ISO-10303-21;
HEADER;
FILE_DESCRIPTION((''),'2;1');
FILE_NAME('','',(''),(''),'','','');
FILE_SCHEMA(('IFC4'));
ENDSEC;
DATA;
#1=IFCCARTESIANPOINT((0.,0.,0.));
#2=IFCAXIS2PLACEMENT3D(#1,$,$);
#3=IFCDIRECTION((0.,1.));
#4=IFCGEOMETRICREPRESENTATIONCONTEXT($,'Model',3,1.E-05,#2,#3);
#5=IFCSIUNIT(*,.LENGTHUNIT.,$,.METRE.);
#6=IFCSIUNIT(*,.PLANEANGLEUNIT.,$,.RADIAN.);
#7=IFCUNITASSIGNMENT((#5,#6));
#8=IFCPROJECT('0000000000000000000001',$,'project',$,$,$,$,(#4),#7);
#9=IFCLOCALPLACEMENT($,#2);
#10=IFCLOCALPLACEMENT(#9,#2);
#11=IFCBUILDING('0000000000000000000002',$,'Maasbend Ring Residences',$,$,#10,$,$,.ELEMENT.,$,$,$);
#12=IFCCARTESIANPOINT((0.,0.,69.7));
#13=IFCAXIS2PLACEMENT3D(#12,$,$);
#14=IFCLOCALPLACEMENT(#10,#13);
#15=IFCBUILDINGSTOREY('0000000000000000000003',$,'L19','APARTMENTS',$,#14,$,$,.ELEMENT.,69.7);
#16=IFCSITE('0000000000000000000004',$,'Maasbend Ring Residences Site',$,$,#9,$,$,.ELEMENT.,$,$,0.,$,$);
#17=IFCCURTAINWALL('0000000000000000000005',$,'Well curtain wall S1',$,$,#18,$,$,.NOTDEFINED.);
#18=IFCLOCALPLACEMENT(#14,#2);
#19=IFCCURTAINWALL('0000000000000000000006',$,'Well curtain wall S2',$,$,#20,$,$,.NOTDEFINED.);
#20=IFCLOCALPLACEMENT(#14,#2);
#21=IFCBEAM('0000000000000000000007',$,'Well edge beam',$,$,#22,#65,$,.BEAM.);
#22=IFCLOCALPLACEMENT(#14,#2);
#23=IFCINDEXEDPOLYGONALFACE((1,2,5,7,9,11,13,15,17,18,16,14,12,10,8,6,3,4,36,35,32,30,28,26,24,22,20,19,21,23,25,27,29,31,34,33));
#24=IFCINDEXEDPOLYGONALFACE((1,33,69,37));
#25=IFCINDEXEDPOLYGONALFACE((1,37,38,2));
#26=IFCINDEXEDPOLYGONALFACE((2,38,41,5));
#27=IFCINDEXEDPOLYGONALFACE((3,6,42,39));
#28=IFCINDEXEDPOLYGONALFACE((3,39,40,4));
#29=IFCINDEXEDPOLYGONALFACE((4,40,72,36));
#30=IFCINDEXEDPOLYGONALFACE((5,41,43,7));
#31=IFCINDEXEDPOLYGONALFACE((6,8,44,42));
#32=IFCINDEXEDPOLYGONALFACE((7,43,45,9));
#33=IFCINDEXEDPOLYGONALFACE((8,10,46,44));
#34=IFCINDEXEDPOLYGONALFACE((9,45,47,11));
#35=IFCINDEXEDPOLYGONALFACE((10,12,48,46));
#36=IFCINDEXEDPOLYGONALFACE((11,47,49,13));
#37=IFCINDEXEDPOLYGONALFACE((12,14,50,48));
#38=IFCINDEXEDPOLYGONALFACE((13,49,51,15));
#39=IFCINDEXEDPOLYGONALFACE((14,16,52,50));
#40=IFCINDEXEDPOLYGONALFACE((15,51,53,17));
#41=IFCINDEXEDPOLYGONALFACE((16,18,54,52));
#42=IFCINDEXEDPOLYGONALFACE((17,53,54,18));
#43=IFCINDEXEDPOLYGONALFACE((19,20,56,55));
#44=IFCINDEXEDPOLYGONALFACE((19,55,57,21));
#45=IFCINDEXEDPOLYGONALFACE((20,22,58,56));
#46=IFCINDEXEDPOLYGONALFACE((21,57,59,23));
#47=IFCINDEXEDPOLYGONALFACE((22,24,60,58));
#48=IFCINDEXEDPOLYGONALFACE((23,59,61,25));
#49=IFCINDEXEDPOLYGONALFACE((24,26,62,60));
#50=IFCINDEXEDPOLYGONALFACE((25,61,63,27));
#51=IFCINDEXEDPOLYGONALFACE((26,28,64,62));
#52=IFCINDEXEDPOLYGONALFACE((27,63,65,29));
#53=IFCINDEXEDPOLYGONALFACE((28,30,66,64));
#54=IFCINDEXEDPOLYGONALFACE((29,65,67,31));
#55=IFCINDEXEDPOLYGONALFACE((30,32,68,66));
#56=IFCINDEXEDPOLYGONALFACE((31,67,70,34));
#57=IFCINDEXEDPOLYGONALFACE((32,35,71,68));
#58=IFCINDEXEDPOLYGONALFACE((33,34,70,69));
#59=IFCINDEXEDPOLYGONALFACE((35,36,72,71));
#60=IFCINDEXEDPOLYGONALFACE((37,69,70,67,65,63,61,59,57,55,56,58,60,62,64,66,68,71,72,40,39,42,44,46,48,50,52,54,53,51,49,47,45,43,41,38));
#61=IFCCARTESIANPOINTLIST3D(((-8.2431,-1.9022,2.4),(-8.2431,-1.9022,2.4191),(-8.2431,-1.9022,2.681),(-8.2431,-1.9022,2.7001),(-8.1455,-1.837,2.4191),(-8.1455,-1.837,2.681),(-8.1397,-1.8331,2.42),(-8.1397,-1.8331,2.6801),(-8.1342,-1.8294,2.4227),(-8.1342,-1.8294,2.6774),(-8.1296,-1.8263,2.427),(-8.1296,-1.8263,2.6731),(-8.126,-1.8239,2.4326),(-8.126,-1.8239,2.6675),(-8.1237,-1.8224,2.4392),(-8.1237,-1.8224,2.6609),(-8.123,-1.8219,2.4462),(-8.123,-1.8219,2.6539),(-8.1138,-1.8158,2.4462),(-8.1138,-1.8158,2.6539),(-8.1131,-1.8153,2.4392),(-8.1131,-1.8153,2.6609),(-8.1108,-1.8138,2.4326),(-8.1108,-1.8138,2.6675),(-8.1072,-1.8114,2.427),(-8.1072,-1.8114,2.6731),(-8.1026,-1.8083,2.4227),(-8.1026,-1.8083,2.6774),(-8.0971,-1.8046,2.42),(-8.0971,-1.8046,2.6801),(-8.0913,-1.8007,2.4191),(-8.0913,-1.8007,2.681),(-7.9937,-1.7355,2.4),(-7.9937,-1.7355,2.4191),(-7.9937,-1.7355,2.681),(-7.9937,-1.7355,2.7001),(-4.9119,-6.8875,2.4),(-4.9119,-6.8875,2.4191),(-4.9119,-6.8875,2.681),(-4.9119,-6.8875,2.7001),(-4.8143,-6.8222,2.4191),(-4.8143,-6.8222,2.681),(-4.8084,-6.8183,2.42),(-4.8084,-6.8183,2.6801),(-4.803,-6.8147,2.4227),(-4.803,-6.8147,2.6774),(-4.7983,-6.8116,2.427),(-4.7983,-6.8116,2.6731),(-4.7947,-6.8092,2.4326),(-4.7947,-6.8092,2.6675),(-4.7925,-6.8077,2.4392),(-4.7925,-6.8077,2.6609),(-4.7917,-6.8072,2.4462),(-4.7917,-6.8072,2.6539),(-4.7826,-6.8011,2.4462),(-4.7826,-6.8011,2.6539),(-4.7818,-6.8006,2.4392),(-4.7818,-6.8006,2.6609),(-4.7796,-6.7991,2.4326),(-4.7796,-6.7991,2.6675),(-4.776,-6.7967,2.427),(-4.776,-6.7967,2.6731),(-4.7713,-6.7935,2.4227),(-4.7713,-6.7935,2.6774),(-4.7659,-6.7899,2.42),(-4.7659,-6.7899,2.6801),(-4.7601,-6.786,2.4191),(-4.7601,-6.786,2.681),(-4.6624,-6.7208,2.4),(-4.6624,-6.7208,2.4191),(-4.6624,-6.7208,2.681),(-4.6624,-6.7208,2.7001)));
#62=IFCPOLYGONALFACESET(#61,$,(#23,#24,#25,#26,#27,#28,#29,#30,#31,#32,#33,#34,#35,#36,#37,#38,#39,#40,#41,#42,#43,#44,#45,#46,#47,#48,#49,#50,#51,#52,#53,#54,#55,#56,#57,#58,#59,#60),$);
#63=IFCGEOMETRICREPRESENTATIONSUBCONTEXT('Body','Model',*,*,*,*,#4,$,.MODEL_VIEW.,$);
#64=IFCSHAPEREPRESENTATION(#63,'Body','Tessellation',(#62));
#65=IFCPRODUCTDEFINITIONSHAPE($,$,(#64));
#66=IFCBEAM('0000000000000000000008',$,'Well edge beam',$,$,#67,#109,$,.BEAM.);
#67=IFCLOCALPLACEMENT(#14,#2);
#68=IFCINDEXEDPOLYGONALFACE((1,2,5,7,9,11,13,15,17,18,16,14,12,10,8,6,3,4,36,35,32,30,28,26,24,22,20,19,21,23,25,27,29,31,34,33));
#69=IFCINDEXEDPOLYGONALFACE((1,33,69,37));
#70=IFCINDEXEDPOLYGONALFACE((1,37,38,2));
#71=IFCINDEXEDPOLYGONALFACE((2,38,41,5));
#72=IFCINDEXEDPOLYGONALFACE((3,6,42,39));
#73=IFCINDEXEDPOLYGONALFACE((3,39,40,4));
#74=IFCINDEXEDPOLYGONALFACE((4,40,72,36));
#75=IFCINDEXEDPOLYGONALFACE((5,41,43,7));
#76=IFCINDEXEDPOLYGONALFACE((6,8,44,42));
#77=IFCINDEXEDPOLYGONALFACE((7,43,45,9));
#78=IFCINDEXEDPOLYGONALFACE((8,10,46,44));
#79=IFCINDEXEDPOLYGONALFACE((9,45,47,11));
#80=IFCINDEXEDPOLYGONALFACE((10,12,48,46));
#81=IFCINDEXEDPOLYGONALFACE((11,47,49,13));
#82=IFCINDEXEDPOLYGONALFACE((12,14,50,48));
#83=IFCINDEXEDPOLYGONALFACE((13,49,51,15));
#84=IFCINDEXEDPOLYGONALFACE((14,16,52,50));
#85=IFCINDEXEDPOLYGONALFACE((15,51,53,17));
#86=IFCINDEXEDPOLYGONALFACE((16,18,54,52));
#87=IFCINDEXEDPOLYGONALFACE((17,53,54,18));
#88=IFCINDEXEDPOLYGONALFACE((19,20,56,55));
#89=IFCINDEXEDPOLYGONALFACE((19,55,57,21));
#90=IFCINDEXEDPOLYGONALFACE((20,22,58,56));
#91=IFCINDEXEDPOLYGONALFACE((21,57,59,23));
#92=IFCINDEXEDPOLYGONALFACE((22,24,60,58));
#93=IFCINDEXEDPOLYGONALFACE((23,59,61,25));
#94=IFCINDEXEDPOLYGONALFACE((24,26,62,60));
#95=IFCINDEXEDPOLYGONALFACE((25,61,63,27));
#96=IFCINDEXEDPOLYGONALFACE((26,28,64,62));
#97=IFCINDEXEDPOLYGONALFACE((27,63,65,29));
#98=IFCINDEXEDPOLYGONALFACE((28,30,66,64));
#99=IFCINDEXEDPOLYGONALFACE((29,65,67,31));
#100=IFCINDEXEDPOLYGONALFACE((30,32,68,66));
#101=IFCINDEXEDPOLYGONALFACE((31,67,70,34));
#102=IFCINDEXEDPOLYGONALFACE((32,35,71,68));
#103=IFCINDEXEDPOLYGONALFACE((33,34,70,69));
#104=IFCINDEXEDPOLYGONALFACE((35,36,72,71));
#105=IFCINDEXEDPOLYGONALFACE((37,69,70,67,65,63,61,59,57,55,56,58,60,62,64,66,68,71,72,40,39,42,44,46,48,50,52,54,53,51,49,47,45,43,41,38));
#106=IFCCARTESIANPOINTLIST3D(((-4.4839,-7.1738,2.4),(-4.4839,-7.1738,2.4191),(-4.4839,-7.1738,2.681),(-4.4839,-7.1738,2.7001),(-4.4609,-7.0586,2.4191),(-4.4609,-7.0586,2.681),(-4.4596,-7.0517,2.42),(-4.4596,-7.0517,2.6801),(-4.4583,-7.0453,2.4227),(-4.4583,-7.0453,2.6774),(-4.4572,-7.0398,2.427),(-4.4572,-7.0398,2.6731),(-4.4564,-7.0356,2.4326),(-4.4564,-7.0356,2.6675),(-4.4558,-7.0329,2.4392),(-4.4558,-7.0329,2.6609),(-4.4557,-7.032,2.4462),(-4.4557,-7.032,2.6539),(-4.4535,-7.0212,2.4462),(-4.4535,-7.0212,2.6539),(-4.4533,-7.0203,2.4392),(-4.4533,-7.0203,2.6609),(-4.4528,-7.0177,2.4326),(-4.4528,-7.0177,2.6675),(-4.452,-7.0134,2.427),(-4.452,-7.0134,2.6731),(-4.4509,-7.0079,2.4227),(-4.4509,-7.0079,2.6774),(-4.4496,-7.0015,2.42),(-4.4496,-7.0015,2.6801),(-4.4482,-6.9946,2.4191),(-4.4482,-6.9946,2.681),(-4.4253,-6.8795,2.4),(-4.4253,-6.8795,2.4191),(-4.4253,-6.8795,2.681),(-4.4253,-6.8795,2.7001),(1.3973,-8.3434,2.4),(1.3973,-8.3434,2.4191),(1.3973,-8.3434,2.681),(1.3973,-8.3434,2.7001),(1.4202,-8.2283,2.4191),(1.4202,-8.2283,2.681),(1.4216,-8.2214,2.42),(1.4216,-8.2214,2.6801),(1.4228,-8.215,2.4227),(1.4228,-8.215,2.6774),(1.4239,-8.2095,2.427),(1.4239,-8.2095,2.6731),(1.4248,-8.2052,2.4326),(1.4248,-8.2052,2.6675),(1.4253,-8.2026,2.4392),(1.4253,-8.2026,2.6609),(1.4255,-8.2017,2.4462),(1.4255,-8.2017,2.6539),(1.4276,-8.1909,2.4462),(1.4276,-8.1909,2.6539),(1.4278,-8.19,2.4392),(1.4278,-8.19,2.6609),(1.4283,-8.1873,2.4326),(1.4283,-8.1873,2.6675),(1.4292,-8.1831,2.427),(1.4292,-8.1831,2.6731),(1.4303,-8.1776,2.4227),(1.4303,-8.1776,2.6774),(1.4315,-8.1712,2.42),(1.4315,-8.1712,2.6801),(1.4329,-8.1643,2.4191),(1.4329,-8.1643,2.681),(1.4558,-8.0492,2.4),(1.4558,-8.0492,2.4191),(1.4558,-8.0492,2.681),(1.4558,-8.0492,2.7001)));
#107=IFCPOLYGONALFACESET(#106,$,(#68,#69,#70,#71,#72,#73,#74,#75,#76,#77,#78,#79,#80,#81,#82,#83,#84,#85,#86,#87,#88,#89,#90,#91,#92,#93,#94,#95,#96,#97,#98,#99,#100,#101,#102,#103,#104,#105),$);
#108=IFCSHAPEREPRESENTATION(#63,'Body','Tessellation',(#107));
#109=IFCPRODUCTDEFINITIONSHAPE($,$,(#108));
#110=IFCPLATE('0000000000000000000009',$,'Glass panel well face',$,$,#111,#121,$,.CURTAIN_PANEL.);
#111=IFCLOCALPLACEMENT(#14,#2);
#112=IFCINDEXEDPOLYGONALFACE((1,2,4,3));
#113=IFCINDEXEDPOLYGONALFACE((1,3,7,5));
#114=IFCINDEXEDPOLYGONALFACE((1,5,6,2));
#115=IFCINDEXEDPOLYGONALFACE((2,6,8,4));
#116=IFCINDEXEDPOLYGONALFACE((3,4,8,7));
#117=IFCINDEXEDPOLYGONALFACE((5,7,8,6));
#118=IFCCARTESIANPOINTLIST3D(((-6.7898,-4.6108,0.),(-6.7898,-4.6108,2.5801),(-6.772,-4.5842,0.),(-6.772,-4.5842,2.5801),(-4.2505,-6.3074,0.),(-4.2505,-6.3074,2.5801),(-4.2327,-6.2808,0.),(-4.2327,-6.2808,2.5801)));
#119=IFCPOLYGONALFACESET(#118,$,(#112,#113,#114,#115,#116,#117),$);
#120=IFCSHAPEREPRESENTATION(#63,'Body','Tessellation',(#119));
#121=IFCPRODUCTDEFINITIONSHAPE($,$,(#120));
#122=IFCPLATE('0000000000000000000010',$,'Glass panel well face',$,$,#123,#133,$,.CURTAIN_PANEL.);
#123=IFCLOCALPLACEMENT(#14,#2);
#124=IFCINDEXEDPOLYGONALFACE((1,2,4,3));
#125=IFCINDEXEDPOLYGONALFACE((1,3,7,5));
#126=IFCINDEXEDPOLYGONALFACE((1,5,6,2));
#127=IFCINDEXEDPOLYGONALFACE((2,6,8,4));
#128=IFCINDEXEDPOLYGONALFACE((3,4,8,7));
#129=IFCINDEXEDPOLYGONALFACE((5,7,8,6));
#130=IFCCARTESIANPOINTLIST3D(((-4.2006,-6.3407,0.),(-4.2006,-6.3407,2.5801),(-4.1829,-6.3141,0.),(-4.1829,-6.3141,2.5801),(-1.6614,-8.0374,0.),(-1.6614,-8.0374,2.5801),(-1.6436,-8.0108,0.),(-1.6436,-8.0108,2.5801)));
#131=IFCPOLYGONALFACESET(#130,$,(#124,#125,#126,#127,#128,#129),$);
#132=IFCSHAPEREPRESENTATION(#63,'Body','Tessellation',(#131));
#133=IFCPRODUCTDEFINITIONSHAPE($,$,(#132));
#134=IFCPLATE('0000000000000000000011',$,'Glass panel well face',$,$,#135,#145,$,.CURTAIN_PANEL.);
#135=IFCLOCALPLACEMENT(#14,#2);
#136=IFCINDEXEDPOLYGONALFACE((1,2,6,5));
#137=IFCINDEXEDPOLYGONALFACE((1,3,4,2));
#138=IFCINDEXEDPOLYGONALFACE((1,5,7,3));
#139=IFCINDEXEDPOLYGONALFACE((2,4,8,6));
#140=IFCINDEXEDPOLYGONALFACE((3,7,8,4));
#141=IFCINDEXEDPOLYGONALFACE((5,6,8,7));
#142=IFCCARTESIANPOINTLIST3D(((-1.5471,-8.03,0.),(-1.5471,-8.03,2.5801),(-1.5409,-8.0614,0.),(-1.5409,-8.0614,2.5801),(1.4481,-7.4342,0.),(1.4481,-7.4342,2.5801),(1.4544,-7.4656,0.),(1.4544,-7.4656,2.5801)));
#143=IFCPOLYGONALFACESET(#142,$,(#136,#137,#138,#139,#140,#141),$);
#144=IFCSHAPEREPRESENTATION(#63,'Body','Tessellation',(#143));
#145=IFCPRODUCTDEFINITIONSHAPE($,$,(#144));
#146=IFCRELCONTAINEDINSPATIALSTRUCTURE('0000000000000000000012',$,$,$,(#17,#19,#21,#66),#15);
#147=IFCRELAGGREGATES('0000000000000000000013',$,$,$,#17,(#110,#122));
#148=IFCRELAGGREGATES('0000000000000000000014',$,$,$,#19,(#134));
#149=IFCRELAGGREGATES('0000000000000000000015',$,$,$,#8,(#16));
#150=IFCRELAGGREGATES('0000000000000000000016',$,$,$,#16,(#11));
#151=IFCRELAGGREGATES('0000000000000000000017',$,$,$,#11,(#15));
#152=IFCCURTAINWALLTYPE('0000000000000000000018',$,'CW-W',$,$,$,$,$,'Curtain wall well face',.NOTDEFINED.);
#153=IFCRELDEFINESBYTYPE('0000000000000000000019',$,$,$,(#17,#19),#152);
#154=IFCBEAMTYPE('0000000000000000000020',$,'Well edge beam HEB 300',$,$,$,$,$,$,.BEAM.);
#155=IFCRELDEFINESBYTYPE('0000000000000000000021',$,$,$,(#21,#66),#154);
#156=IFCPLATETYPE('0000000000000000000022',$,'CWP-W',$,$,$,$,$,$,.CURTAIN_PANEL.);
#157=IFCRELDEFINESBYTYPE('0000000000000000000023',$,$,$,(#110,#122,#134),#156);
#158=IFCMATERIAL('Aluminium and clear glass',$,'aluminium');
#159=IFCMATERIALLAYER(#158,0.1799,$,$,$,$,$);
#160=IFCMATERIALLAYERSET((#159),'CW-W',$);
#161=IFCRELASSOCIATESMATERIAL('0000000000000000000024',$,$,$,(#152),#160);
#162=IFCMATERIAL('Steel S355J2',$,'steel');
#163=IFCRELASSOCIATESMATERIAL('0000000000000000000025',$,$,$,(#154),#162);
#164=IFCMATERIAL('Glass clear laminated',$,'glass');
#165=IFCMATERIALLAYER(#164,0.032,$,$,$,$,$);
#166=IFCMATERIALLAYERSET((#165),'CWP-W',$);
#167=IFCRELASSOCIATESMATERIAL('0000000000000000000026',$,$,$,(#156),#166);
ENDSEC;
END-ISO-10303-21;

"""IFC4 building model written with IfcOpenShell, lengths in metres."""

from ifc_helpers import new_model, si_unit, direction, frame, origin, origin_2d, place, context, subcontext, project, spatial, rectangle, i_section, extrude, material, layer, layer_set, material_profile, profile_set, type_object, element, aggregate, save


model = new_model("IFC4")

# Units and contexts
model_context = context("Model", 3, precision=1e-05, world=origin(), true_north=direction((0.0, 1.0)))
body_context = subcontext(model_context, "Body", "Model", "MODEL_VIEW")
ifc_project = project(units=[si_unit("LENGTHUNIT", "METRE"), si_unit("PLANEANGLEUNIT", "RADIAN")], contexts=[model_context])

# Site, building, storey
site_placement = place(None, origin())
site = spatial("IfcSite", under=ifc_project, at=site_placement, Name="Maasbend Ring Residences Site", CompositionType="ELEMENT", RefElevation=0.0)
building_placement = place(site_placement, origin())
building = spatial("IfcBuilding", under=site, at=building_placement, Name="Maasbend Ring Residences", CompositionType="ELEMENT")
storey_placement = place(building_placement, frame((0.0, 0.0, 69.7)))
storey = spatial("IfcBuildingStorey", under=building, at=storey_placement, Name="L19", Description="APARTMENTS", CompositionType="ELEMENT", Elevation=69.7)

# Curtain wall
ifc_material_1 = material(Name="Aluminium and clear glass", Category="aluminium")
ifc_layer_1 = layer(ifc_material_1, 0.1799)
ifc_layer_set_1 = layer_set([ifc_layer_1], Name="CW-W")
curtain_wall_type = type_object("IfcCurtainWallType", Name="CW-W", ElementType="Curtain wall well face", PredefinedType="NOTDEFINED", material=ifc_layer_set_1)
curtain_wall_1_placement = place(storey_placement, origin())
curtain_wall_1 = element("IfcCurtainWall", 1, at=curtain_wall_1_placement, inside=storey, type_object=curtain_wall_type, Name="Well curtain wall S1", PredefinedType="NOTDEFINED")

# Curtain wall
curtain_wall_2_placement = place(storey_placement, origin())
curtain_wall_2 = element("IfcCurtainWall", 2, at=curtain_wall_2_placement, inside=storey, type_object=curtain_wall_type, Name="Well curtain wall S2", PredefinedType="NOTDEFINED")

# Beams
ifc_material_2 = material(Name="Steel S355J2", Category="steel")
ifc_material_profile_1 = material_profile(ifc_material_2, i_section(OverallWidth=0.3, OverallDepth=0.3, WebThickness=0.011, FlangeThickness=0.019, FilletRadius=0.0271, at=origin_2d()), Name="HEB 300")
ifc_profile_set_1 = profile_set([ifc_material_profile_1], Name="Steel S355J2")
beam_type = type_object("IfcBeamType", Name="Well edge beam HEB 300", PredefinedType="BEAM", material=ifc_profile_set_1)
beam_1_placement = place(storey_placement, frame((-8.1184, -1.8188, 2.55), z_axis=(0.555593, -0.831455, 0.0), x_axis=(0.831455, 0.555593, 0.0)))
element("IfcBeam", 3, at=beam_1_placement, inside=storey, type_object=beam_type, Name="Well edge beam", PredefinedType="BEAM", context=body_context, shape_type="SweptSolid", body=[
    extrude(i_section(OverallWidth=0.3, OverallDepth=0.3, WebThickness=0.011, FlangeThickness=0.019, FilletRadius=0.0271, at=origin_2d()), origin(), (0.0, 0.0, 1.0), 5.9958),
])
beam_2_placement = place(storey_placement, frame((-4.4546, -7.0266, 2.55), z_axis=(0.98079, -0.195067, 0.0), x_axis=(0.195067, 0.98079, 0.0)))
element("IfcBeam", 4, at=beam_2_placement, inside=storey, type_object=beam_type, Name="Well edge beam", PredefinedType="BEAM", context=body_context, shape_type="SweptSolid", body=[
    extrude(i_section(OverallWidth=0.3, OverallDepth=0.3, WebThickness=0.011, FlangeThickness=0.019, FilletRadius=0.0271, at=origin_2d()), origin(), (0.0, 0.0, 1.0), 5.9963),
])

# Plates
ifc_material_3 = material(Name="Glass clear laminated", Category="glass")
ifc_layer_2 = layer(ifc_material_3, 0.032)
ifc_layer_set_2 = layer_set([ifc_layer_2], Name="CWP-W")
plate_type = type_object("IfcPlateType", Name="CWP-W", PredefinedType="CURTAIN_PANEL", material=ifc_layer_set_2)
plate_1_placement = place(storey_placement, frame((-5.5112, -5.4458, 0.0), z_axis=(0.0, 0.0, 1.0), x_axis=(0.83147, -0.55557, 0.0)))
plate_1 = element("IfcPlate", 5, at=plate_1_placement, type_object=plate_type, Name="Glass panel well face", PredefinedType="CURTAIN_PANEL", context=body_context, shape_type="SweptSolid", body=[
    extrude(rectangle(XDim=3.054, YDim=0.032, at=origin_2d()), origin(), (0.0, 0.0, 1.0), 2.5801),
])
plate_2_placement = place(storey_placement, frame((-2.9221, -7.1758, 0.0), z_axis=(0.0, 0.0, 1.0), x_axis=(0.83147, -0.55557, 0.0)))
plate_2 = element("IfcPlate", 6, at=plate_2_placement, type_object=plate_type, Name="Glass panel well face", PredefinedType="CURTAIN_PANEL", context=body_context, shape_type="SweptSolid", body=[
    extrude(rectangle(XDim=3.054, YDim=0.032, at=origin_2d()), origin(), (0.0, 0.0, 1.0), 2.5801),
])
aggregate(curtain_wall_1, [plate_1, plate_2])
plate_3_placement = place(storey_placement, frame((-0.0464, -7.7478, 0.0), z_axis=(0.0, 0.0, 1.0), x_axis=(0.980785, 0.19509, 0.0)))
plate_3 = element("IfcPlate", 7, at=plate_3_placement, type_object=plate_type, Name="Glass panel well face", PredefinedType="CURTAIN_PANEL", context=body_context, shape_type="SweptSolid", body=[
    extrude(rectangle(XDim=3.054, YDim=0.032, at=origin_2d()), origin(), (0.0, 0.0, 1.0), 2.5801),
])
aggregate(curtain_wall_2, [plate_3])

save(model, "model.ifc")
